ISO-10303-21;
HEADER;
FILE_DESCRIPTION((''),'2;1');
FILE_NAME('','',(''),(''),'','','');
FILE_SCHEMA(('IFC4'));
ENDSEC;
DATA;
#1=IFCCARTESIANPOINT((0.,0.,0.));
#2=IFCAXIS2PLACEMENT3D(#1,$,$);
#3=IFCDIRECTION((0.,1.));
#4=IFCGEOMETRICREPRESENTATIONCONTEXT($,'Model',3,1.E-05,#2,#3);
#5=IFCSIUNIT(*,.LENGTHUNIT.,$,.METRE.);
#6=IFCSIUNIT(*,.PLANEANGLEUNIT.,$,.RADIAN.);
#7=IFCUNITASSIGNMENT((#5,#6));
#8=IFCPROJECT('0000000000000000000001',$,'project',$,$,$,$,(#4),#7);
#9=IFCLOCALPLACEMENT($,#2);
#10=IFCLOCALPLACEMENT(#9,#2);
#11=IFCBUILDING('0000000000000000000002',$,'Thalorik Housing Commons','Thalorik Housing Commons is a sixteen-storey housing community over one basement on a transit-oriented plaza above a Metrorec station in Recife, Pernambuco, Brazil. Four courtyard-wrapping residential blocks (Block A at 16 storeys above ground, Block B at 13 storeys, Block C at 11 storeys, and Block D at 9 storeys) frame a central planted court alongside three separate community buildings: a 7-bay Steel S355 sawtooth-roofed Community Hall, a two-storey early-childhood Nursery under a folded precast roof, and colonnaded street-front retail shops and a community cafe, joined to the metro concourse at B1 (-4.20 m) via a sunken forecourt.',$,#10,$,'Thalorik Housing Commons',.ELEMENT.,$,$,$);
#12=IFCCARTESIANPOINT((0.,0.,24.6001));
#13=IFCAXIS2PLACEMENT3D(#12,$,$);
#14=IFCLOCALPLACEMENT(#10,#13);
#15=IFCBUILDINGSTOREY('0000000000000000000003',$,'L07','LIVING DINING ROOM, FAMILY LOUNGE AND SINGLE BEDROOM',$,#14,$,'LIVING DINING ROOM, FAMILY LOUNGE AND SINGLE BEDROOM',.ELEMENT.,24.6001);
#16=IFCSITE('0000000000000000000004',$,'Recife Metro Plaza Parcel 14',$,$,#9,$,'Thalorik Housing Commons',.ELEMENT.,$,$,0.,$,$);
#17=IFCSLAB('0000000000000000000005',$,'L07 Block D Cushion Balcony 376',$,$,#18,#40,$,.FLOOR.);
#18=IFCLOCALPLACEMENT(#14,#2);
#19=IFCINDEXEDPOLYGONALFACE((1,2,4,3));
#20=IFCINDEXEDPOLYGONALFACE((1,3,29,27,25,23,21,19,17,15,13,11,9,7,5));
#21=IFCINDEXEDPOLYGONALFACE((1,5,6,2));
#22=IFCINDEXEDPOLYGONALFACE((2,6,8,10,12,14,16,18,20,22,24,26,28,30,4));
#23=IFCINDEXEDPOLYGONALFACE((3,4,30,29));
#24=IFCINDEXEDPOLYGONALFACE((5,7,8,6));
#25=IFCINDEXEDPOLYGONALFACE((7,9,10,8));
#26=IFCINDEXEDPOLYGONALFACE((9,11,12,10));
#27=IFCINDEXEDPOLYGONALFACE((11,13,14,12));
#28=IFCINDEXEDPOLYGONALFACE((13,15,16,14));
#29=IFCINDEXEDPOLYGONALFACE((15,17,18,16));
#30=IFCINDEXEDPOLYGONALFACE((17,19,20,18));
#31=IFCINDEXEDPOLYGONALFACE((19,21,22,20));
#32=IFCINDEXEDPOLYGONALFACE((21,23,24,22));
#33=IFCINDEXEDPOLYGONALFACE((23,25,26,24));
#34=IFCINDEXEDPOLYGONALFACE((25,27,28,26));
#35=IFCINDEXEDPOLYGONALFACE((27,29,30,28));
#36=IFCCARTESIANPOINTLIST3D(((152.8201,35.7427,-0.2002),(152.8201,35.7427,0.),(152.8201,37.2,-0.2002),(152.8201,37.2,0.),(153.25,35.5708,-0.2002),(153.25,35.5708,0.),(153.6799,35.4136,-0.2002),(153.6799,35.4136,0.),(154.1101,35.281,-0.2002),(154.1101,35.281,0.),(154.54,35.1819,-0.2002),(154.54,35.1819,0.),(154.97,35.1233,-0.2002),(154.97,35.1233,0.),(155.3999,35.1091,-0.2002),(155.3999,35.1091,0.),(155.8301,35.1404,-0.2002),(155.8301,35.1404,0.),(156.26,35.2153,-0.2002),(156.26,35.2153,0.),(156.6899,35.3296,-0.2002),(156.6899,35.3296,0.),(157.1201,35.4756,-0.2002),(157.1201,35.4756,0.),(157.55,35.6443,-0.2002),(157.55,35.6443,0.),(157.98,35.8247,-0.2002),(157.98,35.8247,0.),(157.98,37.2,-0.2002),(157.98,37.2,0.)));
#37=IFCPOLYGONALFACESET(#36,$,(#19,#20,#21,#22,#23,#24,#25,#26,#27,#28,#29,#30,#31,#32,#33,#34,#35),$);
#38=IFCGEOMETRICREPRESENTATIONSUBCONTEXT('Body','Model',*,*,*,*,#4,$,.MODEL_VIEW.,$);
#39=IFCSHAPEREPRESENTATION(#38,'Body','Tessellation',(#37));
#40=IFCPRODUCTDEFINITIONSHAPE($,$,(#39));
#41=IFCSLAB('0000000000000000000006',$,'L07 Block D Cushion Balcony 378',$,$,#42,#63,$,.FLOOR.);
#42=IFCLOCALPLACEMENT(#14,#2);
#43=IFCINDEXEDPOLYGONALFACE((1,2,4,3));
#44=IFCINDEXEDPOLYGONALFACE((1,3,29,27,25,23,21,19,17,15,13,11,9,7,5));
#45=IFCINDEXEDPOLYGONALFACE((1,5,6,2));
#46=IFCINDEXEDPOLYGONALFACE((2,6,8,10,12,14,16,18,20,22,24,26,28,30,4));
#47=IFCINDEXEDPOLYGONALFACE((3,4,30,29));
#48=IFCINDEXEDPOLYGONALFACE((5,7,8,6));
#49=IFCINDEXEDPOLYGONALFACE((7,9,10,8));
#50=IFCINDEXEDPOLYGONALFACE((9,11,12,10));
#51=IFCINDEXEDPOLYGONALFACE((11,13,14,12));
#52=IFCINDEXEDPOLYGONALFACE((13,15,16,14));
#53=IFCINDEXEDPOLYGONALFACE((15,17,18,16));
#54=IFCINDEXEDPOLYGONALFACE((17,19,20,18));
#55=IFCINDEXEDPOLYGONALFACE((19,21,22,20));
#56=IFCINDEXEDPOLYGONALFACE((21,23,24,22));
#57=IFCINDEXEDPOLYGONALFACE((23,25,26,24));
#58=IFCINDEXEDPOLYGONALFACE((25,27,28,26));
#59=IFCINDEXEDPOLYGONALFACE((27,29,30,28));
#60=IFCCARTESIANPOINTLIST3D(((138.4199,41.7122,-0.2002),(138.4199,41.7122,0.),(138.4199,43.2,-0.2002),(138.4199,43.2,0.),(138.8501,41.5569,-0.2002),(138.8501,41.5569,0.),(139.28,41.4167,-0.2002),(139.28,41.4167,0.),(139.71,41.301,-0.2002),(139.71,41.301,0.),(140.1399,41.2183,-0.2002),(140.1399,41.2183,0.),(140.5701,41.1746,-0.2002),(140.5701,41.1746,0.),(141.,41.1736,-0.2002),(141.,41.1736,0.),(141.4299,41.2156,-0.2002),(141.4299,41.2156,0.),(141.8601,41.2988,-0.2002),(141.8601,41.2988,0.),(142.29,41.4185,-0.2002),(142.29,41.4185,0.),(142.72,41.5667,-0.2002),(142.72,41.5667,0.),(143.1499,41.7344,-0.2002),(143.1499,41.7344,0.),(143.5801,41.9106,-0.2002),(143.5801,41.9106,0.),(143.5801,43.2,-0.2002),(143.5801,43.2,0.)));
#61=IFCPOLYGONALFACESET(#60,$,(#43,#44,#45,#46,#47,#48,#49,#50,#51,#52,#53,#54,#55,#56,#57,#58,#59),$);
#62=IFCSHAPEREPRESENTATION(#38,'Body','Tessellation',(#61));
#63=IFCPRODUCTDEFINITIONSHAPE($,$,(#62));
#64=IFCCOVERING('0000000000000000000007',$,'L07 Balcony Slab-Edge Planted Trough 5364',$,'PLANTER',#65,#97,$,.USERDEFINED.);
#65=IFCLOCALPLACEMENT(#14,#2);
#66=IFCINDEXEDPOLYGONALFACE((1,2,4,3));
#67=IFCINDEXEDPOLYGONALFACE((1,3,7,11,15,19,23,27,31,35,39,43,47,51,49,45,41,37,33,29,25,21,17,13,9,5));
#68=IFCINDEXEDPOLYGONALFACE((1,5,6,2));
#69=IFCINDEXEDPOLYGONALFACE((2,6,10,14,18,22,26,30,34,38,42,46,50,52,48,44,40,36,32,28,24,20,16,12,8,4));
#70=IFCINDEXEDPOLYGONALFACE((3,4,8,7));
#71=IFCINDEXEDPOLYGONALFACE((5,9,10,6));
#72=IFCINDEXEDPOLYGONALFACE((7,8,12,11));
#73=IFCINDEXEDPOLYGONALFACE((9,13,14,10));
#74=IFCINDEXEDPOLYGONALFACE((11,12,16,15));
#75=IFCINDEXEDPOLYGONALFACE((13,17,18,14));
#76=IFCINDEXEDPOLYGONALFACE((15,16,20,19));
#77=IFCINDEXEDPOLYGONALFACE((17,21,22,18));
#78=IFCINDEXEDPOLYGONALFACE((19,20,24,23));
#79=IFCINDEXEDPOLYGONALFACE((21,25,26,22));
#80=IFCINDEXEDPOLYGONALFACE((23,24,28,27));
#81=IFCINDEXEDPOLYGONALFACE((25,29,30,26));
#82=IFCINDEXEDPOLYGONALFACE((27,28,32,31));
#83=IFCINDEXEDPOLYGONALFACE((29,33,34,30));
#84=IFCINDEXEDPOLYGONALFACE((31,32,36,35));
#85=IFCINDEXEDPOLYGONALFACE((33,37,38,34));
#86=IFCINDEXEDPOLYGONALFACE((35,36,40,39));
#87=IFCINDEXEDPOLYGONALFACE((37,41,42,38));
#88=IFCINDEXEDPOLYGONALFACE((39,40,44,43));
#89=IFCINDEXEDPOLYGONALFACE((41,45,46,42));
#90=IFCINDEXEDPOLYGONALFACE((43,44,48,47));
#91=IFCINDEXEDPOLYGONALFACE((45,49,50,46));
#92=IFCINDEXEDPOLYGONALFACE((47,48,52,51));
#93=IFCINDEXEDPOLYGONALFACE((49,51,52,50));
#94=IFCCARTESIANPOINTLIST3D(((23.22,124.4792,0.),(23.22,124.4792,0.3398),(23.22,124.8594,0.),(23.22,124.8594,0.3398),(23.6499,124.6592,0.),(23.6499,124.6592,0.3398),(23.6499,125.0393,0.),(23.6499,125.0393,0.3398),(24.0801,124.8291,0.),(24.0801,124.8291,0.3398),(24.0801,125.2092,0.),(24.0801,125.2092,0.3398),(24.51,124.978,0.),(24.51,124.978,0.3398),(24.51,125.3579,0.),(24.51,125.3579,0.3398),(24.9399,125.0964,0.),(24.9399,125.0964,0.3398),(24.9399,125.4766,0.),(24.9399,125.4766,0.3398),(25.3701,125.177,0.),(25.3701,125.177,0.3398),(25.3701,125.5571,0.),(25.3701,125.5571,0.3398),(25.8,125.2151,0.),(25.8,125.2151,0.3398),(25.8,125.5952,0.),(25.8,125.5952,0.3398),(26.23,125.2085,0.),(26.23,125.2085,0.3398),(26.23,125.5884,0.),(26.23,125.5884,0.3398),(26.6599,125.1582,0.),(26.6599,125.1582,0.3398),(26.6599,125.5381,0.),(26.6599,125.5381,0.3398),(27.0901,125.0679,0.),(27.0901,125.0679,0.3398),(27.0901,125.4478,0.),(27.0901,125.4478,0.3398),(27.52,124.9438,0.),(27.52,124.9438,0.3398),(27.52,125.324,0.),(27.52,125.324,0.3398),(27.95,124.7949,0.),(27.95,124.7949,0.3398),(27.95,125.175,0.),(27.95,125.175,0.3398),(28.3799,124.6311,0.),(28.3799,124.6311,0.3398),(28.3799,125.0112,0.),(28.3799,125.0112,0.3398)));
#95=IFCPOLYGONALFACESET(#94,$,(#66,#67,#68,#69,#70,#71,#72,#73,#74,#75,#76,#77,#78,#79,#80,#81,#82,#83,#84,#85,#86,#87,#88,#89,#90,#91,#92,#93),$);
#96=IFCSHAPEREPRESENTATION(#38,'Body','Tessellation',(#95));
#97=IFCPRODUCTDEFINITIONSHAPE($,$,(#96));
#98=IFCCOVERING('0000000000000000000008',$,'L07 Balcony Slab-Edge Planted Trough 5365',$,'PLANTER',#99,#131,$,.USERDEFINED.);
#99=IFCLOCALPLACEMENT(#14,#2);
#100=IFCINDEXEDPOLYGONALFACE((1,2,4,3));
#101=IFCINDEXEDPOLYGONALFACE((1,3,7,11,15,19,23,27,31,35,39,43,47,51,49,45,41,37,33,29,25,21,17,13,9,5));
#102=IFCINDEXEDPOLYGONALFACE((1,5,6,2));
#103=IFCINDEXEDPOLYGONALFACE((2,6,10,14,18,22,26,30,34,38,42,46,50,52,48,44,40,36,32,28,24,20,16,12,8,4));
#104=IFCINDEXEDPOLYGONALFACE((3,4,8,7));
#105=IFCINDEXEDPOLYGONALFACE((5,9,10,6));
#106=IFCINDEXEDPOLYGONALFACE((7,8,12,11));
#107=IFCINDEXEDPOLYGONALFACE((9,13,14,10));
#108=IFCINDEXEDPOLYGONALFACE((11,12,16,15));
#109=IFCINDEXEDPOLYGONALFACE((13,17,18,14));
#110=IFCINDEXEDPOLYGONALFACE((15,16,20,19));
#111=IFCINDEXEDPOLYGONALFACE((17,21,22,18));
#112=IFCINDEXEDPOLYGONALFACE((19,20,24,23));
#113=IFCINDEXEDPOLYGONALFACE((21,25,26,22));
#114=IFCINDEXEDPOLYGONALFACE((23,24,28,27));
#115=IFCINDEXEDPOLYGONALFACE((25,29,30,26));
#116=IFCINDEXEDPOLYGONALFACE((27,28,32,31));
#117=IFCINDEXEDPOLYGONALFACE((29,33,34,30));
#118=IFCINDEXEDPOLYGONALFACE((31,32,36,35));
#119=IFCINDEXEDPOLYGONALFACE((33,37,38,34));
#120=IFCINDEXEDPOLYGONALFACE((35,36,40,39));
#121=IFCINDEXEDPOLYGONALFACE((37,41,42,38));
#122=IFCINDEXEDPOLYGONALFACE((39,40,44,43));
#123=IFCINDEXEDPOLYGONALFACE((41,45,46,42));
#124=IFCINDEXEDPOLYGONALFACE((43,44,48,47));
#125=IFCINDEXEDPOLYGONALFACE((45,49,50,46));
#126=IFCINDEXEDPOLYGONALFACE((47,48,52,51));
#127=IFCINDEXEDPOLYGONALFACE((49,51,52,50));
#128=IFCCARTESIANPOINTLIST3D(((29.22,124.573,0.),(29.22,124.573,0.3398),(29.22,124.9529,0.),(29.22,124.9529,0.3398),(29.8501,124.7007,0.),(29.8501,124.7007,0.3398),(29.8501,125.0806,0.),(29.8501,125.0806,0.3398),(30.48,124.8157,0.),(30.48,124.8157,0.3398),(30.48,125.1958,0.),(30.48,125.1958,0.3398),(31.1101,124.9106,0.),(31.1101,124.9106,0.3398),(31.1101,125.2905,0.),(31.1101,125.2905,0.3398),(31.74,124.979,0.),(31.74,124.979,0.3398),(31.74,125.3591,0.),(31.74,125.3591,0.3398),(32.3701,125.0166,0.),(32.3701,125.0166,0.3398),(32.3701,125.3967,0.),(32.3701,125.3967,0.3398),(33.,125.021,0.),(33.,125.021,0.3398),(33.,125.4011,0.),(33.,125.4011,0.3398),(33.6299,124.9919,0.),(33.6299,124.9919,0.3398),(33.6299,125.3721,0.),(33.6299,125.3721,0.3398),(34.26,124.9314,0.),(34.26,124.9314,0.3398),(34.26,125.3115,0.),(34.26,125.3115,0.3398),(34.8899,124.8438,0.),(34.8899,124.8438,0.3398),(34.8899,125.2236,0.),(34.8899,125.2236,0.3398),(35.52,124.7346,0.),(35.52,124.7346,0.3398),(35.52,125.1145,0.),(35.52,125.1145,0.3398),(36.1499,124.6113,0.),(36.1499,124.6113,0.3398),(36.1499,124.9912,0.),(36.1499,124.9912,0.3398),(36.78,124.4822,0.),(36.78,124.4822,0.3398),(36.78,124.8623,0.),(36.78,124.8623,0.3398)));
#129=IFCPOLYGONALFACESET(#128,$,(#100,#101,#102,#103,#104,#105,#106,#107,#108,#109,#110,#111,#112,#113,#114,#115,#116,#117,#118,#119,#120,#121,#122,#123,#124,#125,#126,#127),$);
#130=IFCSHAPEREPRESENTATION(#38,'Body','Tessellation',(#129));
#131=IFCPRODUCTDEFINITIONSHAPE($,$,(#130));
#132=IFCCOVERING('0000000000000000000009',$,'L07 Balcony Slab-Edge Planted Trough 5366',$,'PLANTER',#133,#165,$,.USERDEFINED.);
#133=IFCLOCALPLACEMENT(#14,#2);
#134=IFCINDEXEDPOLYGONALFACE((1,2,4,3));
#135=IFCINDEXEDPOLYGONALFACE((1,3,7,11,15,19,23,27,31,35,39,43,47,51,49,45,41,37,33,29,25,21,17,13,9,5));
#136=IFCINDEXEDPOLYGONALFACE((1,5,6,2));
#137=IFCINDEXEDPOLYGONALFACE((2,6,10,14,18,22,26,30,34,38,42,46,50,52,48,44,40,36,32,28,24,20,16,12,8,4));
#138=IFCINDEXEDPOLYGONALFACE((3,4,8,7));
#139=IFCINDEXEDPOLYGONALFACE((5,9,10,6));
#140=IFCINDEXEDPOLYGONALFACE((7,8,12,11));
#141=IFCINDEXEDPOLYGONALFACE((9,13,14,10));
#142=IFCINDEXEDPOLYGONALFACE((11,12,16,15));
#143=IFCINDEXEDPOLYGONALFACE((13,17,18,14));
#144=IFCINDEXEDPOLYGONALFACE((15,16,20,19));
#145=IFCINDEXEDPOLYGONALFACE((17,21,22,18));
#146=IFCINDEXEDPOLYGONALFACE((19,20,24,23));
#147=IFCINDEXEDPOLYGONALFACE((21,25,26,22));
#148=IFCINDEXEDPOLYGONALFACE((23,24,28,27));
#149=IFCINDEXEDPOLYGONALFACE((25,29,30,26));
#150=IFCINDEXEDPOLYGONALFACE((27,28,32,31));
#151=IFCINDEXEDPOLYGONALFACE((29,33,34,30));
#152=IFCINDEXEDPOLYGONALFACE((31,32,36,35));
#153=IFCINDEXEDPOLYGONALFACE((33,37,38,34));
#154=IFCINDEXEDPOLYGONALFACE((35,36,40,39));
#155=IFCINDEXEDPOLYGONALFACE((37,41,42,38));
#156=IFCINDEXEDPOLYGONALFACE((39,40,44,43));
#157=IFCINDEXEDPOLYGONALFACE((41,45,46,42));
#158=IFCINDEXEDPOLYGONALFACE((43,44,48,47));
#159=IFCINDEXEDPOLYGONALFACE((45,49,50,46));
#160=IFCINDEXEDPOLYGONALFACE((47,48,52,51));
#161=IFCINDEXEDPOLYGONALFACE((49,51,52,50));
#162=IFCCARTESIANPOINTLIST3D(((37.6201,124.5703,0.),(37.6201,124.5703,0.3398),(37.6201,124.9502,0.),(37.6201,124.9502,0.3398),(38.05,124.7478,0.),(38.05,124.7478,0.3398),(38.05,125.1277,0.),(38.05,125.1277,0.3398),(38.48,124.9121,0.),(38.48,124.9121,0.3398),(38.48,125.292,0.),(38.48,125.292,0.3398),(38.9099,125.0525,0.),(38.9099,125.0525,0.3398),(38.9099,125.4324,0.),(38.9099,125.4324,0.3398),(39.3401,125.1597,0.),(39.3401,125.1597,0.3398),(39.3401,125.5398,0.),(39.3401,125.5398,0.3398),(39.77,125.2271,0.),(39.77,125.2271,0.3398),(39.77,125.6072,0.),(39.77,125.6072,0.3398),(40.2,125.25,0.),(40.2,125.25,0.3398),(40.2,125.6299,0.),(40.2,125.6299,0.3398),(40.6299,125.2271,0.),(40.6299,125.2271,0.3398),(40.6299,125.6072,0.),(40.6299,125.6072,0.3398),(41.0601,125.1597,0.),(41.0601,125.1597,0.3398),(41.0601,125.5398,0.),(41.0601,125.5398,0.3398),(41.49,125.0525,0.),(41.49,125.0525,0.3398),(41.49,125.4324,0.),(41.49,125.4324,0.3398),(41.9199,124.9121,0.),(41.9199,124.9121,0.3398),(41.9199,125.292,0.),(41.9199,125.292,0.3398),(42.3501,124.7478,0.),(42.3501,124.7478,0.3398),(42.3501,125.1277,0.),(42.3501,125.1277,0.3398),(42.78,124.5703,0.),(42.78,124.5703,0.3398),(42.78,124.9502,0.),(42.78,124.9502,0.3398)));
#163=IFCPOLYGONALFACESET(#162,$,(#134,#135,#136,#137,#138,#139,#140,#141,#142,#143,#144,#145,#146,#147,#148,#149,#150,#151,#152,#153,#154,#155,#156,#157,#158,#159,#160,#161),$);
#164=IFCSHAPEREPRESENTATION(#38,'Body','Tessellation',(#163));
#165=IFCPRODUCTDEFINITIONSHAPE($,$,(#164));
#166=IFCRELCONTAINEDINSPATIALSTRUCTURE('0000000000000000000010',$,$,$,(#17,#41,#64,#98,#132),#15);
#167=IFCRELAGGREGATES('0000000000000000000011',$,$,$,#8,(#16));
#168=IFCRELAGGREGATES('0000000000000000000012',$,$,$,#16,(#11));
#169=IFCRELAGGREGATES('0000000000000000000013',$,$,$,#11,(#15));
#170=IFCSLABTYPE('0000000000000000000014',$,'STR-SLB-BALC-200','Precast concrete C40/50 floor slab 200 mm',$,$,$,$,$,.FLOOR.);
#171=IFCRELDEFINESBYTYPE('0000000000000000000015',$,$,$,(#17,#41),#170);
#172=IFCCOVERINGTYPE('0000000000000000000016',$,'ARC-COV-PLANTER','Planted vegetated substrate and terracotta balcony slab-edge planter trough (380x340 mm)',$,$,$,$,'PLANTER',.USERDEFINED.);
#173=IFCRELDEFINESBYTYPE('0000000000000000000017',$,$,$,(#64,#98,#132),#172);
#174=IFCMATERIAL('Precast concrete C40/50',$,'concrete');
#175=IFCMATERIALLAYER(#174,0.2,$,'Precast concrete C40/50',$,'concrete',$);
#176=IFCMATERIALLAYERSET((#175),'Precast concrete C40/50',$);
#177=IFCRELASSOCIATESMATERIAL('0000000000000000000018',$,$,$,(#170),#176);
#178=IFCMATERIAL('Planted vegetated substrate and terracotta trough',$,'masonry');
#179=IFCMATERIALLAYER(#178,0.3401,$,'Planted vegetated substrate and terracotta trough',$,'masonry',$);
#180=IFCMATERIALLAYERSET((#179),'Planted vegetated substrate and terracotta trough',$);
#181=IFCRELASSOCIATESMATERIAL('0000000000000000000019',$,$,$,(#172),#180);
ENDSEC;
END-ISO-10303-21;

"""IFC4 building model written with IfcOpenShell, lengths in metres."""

from ifc_helpers import new_model, si_unit, direction, frame, origin, place, context, subcontext, project, spatial, polyline, outline, extrude, material, layer, layer_set, type_object, element, save


model = new_model("IFC4")

# Units and contexts
model_context = context("Model", 3, precision=1e-05, world=origin(), true_north=direction((0.0, 1.0)))
body_context = subcontext(model_context, "Body", "Model", "MODEL_VIEW")
ifc_project = project(units=[si_unit("LENGTHUNIT", "METRE"), si_unit("PLANEANGLEUNIT", "RADIAN")], contexts=[model_context])

# Site, building, storey
site_placement = place(None, origin())
site = spatial("IfcSite", under=ifc_project, at=site_placement, Name="Recife Metro Plaza Parcel 14", LongName="Thalorik Housing Commons", CompositionType="ELEMENT", RefElevation=0.0)
building_placement = place(site_placement, origin())
building = spatial("IfcBuilding", under=site, at=building_placement, Name="Thalorik Housing Commons", Description="Thalorik Housing Commons is a sixteen-storey housing community over one basement on a transit-oriented plaza above a Metrorec station in Recife, Pernambuco, Brazil. Four courtyard-wrapping residential blocks (Block A at 16 storeys above ground, Block B at 13 storeys, Block C at 11 storeys, and Block D at 9 storeys) frame a central planted court alongside three separate community buildings: a 7-bay Steel S355 sawtooth-roofed Community Hall, a two-storey early-childhood Nursery under a folded precast roof, and colonnaded street-front retail shops and a community cafe, joined to the metro concourse at B1 (-4.20 m) via a sunken forecourt.", LongName="Thalorik Housing Commons", CompositionType="ELEMENT")
storey_placement = place(building_placement, frame((0.0, 0.0, 24.6001)))
storey = spatial("IfcBuildingStorey", under=building, at=storey_placement, Name="L07", Description="LIVING DINING ROOM, FAMILY LOUNGE AND SINGLE BEDROOM", LongName="LIVING DINING ROOM, FAMILY LOUNGE AND SINGLE BEDROOM", CompositionType="ELEMENT", Elevation=24.6001)

# Slabs
ifc_material_1 = material(Name="Precast concrete C40/50", Category="concrete")
ifc_layer_1 = layer(ifc_material_1, 0.2, Name="Precast concrete C40/50", Category="concrete")
ifc_layer_set_1 = layer_set([ifc_layer_1], Name="Precast concrete C40/50")
slab_type = type_object("IfcSlabType", Name="STR-SLB-BALC-200", Description="Precast concrete C40/50 floor slab 200 mm", PredefinedType="FLOOR", material=ifc_layer_set_1)
slab_1_placement = place(storey_placement, frame((0.0, 0.0, -0.2002)))
element("IfcSlab", 1, at=slab_1_placement, inside=storey, type_object=slab_type, Name="L07 Block D Cushion Balcony 376", PredefinedType="FLOOR", context=body_context, shape_type="SweptSolid", body=[
    extrude(outline(polyline([(152.8201, 35.7427), (153.25, 35.5708), (153.6799, 35.4136), (154.1101, 35.281), (154.54, 35.1819), (154.97, 35.1233), (155.3999, 35.1091), (155.8301, 35.1404), (156.26, 35.2153), (156.6899, 35.3296), (157.1201, 35.4756), (157.55, 35.6443), (157.98, 35.8247), (157.98, 37.2), (152.8201, 37.2), (152.8201, 35.7427)])), origin(), (0.0, 0.0, 1.0), 0.2002),
])
slab_2_placement = place(storey_placement, frame((0.0, 0.0, -0.2002)))
element("IfcSlab", 2, at=slab_2_placement, inside=storey, type_object=slab_type, Name="L07 Block D Cushion Balcony 378", PredefinedType="FLOOR", context=body_context, shape_type="SweptSolid", body=[
    extrude(outline(polyline([(138.4199, 41.7122), (138.8501, 41.5569), (139.28, 41.4167), (139.71, 41.301), (140.1399, 41.2183), (140.5701, 41.1746), (141.0, 41.1736), (141.4299, 41.2156), (141.8601, 41.2988), (142.29, 41.4185), (142.72, 41.5667), (143.1499, 41.7344), (143.5801, 41.9106), (143.5801, 43.2), (138.4199, 43.2), (138.4199, 41.7122)])), origin(), (0.0, 0.0, 1.0), 0.2002),
])

# Coverings
ifc_material_2 = material(Name="Planted vegetated substrate and terracotta trough", Category="masonry")
ifc_layer_2 = layer(ifc_material_2, 0.3401, Name="Planted vegetated substrate and terracotta trough", Category="masonry")
ifc_layer_set_2 = layer_set([ifc_layer_2], Name="Planted vegetated substrate and terracotta trough")
covering_type = type_object("IfcCoveringType", Name="ARC-COV-PLANTER", Description="Planted vegetated substrate and terracotta balcony slab-edge planter trough (380x340 mm)", ElementType="PLANTER", PredefinedType="USERDEFINED", material=ifc_layer_set_2)
covering_1_placement = place(storey_placement, origin())
element("IfcCovering", 3, at=covering_1_placement, inside=storey, type_object=covering_type, Name="L07 Balcony Slab-Edge Planted Trough 5364", ObjectType="PLANTER", PredefinedType="USERDEFINED", context=body_context, shape_type="SweptSolid", body=[
    extrude(outline(polyline([(28.3799, 125.0112), (27.95, 125.175), (27.52, 125.324), (27.0901, 125.4478), (26.6599, 125.5381), (26.23, 125.5884), (25.8, 125.5952), (25.3701, 125.5571), (24.9399, 125.4766), (24.51, 125.3579), (24.0801, 125.2092), (23.6499, 125.0393), (23.22, 124.8594), (23.22, 124.4792), (23.6499, 124.6592), (24.0801, 124.8291), (24.51, 124.978), (24.9399, 125.0964), (25.3701, 125.177), (25.8, 125.2151), (26.23, 125.2085), (26.6599, 125.1582), (27.0901, 125.0679), (27.52, 124.9438), (27.95, 124.7949), (28.3799, 124.6311), (28.3799, 125.0112)])), origin(), (0.0, 0.0, 1.0), 0.3398),
])
covering_2_placement = place(storey_placement, origin())
element("IfcCovering", 4, at=covering_2_placement, inside=storey, type_object=covering_type, Name="L07 Balcony Slab-Edge Planted Trough 5365", ObjectType="PLANTER", PredefinedType="USERDEFINED", context=body_context, shape_type="SweptSolid", body=[
    extrude(outline(polyline([(36.78, 124.8623), (36.1499, 124.9912), (35.52, 125.1145), (34.8899, 125.2236), (34.26, 125.3115), (33.6299, 125.3721), (33.0, 125.4011), (32.3701, 125.3967), (31.74, 125.3591), (31.1101, 125.2905), (30.48, 125.1958), (29.8501, 125.0806), (29.22, 124.9529), (29.22, 124.573), (29.8501, 124.7007), (30.48, 124.8157), (31.1101, 124.9106), (31.74, 124.979), (32.3701, 125.0166), (33.0, 125.021), (33.6299, 124.9919), (34.26, 124.9314), (34.8899, 124.8438), (35.52, 124.7346), (36.1499, 124.6113), (36.78, 124.4822), (36.78, 124.8623)])), origin(), (0.0, 0.0, 1.0), 0.3398),
])
covering_3_placement = place(storey_placement, origin())
element("IfcCovering", 5, at=covering_3_placement, inside=storey, type_object=covering_type, Name="L07 Balcony Slab-Edge Planted Trough 5366", ObjectType="PLANTER", PredefinedType="USERDEFINED", context=body_context, shape_type="SweptSolid", body=[
    extrude(outline(polyline([(42.78, 124.9502), (42.3501, 125.1277), (41.9199, 125.292), (41.49, 125.4324), (41.0601, 125.5398), (40.6299, 125.6072), (40.2, 125.6299), (39.77, 125.6072), (39.3401, 125.5398), (38.9099, 125.4324), (38.48, 125.292), (38.05, 125.1277), (37.6201, 124.9502), (37.6201, 124.5703), (38.05, 124.7478), (38.48, 124.9121), (38.9099, 125.0525), (39.3401, 125.1597), (39.77, 125.2271), (40.2, 125.25), (40.6299, 125.2271), (41.0601, 125.1597), (41.49, 125.0525), (41.9199, 124.9121), (42.3501, 124.7478), (42.78, 124.5703), (42.78, 124.9502)])), origin(), (0.0, 0.0, 1.0), 0.3398),
])

save(model, "model.ifc")
